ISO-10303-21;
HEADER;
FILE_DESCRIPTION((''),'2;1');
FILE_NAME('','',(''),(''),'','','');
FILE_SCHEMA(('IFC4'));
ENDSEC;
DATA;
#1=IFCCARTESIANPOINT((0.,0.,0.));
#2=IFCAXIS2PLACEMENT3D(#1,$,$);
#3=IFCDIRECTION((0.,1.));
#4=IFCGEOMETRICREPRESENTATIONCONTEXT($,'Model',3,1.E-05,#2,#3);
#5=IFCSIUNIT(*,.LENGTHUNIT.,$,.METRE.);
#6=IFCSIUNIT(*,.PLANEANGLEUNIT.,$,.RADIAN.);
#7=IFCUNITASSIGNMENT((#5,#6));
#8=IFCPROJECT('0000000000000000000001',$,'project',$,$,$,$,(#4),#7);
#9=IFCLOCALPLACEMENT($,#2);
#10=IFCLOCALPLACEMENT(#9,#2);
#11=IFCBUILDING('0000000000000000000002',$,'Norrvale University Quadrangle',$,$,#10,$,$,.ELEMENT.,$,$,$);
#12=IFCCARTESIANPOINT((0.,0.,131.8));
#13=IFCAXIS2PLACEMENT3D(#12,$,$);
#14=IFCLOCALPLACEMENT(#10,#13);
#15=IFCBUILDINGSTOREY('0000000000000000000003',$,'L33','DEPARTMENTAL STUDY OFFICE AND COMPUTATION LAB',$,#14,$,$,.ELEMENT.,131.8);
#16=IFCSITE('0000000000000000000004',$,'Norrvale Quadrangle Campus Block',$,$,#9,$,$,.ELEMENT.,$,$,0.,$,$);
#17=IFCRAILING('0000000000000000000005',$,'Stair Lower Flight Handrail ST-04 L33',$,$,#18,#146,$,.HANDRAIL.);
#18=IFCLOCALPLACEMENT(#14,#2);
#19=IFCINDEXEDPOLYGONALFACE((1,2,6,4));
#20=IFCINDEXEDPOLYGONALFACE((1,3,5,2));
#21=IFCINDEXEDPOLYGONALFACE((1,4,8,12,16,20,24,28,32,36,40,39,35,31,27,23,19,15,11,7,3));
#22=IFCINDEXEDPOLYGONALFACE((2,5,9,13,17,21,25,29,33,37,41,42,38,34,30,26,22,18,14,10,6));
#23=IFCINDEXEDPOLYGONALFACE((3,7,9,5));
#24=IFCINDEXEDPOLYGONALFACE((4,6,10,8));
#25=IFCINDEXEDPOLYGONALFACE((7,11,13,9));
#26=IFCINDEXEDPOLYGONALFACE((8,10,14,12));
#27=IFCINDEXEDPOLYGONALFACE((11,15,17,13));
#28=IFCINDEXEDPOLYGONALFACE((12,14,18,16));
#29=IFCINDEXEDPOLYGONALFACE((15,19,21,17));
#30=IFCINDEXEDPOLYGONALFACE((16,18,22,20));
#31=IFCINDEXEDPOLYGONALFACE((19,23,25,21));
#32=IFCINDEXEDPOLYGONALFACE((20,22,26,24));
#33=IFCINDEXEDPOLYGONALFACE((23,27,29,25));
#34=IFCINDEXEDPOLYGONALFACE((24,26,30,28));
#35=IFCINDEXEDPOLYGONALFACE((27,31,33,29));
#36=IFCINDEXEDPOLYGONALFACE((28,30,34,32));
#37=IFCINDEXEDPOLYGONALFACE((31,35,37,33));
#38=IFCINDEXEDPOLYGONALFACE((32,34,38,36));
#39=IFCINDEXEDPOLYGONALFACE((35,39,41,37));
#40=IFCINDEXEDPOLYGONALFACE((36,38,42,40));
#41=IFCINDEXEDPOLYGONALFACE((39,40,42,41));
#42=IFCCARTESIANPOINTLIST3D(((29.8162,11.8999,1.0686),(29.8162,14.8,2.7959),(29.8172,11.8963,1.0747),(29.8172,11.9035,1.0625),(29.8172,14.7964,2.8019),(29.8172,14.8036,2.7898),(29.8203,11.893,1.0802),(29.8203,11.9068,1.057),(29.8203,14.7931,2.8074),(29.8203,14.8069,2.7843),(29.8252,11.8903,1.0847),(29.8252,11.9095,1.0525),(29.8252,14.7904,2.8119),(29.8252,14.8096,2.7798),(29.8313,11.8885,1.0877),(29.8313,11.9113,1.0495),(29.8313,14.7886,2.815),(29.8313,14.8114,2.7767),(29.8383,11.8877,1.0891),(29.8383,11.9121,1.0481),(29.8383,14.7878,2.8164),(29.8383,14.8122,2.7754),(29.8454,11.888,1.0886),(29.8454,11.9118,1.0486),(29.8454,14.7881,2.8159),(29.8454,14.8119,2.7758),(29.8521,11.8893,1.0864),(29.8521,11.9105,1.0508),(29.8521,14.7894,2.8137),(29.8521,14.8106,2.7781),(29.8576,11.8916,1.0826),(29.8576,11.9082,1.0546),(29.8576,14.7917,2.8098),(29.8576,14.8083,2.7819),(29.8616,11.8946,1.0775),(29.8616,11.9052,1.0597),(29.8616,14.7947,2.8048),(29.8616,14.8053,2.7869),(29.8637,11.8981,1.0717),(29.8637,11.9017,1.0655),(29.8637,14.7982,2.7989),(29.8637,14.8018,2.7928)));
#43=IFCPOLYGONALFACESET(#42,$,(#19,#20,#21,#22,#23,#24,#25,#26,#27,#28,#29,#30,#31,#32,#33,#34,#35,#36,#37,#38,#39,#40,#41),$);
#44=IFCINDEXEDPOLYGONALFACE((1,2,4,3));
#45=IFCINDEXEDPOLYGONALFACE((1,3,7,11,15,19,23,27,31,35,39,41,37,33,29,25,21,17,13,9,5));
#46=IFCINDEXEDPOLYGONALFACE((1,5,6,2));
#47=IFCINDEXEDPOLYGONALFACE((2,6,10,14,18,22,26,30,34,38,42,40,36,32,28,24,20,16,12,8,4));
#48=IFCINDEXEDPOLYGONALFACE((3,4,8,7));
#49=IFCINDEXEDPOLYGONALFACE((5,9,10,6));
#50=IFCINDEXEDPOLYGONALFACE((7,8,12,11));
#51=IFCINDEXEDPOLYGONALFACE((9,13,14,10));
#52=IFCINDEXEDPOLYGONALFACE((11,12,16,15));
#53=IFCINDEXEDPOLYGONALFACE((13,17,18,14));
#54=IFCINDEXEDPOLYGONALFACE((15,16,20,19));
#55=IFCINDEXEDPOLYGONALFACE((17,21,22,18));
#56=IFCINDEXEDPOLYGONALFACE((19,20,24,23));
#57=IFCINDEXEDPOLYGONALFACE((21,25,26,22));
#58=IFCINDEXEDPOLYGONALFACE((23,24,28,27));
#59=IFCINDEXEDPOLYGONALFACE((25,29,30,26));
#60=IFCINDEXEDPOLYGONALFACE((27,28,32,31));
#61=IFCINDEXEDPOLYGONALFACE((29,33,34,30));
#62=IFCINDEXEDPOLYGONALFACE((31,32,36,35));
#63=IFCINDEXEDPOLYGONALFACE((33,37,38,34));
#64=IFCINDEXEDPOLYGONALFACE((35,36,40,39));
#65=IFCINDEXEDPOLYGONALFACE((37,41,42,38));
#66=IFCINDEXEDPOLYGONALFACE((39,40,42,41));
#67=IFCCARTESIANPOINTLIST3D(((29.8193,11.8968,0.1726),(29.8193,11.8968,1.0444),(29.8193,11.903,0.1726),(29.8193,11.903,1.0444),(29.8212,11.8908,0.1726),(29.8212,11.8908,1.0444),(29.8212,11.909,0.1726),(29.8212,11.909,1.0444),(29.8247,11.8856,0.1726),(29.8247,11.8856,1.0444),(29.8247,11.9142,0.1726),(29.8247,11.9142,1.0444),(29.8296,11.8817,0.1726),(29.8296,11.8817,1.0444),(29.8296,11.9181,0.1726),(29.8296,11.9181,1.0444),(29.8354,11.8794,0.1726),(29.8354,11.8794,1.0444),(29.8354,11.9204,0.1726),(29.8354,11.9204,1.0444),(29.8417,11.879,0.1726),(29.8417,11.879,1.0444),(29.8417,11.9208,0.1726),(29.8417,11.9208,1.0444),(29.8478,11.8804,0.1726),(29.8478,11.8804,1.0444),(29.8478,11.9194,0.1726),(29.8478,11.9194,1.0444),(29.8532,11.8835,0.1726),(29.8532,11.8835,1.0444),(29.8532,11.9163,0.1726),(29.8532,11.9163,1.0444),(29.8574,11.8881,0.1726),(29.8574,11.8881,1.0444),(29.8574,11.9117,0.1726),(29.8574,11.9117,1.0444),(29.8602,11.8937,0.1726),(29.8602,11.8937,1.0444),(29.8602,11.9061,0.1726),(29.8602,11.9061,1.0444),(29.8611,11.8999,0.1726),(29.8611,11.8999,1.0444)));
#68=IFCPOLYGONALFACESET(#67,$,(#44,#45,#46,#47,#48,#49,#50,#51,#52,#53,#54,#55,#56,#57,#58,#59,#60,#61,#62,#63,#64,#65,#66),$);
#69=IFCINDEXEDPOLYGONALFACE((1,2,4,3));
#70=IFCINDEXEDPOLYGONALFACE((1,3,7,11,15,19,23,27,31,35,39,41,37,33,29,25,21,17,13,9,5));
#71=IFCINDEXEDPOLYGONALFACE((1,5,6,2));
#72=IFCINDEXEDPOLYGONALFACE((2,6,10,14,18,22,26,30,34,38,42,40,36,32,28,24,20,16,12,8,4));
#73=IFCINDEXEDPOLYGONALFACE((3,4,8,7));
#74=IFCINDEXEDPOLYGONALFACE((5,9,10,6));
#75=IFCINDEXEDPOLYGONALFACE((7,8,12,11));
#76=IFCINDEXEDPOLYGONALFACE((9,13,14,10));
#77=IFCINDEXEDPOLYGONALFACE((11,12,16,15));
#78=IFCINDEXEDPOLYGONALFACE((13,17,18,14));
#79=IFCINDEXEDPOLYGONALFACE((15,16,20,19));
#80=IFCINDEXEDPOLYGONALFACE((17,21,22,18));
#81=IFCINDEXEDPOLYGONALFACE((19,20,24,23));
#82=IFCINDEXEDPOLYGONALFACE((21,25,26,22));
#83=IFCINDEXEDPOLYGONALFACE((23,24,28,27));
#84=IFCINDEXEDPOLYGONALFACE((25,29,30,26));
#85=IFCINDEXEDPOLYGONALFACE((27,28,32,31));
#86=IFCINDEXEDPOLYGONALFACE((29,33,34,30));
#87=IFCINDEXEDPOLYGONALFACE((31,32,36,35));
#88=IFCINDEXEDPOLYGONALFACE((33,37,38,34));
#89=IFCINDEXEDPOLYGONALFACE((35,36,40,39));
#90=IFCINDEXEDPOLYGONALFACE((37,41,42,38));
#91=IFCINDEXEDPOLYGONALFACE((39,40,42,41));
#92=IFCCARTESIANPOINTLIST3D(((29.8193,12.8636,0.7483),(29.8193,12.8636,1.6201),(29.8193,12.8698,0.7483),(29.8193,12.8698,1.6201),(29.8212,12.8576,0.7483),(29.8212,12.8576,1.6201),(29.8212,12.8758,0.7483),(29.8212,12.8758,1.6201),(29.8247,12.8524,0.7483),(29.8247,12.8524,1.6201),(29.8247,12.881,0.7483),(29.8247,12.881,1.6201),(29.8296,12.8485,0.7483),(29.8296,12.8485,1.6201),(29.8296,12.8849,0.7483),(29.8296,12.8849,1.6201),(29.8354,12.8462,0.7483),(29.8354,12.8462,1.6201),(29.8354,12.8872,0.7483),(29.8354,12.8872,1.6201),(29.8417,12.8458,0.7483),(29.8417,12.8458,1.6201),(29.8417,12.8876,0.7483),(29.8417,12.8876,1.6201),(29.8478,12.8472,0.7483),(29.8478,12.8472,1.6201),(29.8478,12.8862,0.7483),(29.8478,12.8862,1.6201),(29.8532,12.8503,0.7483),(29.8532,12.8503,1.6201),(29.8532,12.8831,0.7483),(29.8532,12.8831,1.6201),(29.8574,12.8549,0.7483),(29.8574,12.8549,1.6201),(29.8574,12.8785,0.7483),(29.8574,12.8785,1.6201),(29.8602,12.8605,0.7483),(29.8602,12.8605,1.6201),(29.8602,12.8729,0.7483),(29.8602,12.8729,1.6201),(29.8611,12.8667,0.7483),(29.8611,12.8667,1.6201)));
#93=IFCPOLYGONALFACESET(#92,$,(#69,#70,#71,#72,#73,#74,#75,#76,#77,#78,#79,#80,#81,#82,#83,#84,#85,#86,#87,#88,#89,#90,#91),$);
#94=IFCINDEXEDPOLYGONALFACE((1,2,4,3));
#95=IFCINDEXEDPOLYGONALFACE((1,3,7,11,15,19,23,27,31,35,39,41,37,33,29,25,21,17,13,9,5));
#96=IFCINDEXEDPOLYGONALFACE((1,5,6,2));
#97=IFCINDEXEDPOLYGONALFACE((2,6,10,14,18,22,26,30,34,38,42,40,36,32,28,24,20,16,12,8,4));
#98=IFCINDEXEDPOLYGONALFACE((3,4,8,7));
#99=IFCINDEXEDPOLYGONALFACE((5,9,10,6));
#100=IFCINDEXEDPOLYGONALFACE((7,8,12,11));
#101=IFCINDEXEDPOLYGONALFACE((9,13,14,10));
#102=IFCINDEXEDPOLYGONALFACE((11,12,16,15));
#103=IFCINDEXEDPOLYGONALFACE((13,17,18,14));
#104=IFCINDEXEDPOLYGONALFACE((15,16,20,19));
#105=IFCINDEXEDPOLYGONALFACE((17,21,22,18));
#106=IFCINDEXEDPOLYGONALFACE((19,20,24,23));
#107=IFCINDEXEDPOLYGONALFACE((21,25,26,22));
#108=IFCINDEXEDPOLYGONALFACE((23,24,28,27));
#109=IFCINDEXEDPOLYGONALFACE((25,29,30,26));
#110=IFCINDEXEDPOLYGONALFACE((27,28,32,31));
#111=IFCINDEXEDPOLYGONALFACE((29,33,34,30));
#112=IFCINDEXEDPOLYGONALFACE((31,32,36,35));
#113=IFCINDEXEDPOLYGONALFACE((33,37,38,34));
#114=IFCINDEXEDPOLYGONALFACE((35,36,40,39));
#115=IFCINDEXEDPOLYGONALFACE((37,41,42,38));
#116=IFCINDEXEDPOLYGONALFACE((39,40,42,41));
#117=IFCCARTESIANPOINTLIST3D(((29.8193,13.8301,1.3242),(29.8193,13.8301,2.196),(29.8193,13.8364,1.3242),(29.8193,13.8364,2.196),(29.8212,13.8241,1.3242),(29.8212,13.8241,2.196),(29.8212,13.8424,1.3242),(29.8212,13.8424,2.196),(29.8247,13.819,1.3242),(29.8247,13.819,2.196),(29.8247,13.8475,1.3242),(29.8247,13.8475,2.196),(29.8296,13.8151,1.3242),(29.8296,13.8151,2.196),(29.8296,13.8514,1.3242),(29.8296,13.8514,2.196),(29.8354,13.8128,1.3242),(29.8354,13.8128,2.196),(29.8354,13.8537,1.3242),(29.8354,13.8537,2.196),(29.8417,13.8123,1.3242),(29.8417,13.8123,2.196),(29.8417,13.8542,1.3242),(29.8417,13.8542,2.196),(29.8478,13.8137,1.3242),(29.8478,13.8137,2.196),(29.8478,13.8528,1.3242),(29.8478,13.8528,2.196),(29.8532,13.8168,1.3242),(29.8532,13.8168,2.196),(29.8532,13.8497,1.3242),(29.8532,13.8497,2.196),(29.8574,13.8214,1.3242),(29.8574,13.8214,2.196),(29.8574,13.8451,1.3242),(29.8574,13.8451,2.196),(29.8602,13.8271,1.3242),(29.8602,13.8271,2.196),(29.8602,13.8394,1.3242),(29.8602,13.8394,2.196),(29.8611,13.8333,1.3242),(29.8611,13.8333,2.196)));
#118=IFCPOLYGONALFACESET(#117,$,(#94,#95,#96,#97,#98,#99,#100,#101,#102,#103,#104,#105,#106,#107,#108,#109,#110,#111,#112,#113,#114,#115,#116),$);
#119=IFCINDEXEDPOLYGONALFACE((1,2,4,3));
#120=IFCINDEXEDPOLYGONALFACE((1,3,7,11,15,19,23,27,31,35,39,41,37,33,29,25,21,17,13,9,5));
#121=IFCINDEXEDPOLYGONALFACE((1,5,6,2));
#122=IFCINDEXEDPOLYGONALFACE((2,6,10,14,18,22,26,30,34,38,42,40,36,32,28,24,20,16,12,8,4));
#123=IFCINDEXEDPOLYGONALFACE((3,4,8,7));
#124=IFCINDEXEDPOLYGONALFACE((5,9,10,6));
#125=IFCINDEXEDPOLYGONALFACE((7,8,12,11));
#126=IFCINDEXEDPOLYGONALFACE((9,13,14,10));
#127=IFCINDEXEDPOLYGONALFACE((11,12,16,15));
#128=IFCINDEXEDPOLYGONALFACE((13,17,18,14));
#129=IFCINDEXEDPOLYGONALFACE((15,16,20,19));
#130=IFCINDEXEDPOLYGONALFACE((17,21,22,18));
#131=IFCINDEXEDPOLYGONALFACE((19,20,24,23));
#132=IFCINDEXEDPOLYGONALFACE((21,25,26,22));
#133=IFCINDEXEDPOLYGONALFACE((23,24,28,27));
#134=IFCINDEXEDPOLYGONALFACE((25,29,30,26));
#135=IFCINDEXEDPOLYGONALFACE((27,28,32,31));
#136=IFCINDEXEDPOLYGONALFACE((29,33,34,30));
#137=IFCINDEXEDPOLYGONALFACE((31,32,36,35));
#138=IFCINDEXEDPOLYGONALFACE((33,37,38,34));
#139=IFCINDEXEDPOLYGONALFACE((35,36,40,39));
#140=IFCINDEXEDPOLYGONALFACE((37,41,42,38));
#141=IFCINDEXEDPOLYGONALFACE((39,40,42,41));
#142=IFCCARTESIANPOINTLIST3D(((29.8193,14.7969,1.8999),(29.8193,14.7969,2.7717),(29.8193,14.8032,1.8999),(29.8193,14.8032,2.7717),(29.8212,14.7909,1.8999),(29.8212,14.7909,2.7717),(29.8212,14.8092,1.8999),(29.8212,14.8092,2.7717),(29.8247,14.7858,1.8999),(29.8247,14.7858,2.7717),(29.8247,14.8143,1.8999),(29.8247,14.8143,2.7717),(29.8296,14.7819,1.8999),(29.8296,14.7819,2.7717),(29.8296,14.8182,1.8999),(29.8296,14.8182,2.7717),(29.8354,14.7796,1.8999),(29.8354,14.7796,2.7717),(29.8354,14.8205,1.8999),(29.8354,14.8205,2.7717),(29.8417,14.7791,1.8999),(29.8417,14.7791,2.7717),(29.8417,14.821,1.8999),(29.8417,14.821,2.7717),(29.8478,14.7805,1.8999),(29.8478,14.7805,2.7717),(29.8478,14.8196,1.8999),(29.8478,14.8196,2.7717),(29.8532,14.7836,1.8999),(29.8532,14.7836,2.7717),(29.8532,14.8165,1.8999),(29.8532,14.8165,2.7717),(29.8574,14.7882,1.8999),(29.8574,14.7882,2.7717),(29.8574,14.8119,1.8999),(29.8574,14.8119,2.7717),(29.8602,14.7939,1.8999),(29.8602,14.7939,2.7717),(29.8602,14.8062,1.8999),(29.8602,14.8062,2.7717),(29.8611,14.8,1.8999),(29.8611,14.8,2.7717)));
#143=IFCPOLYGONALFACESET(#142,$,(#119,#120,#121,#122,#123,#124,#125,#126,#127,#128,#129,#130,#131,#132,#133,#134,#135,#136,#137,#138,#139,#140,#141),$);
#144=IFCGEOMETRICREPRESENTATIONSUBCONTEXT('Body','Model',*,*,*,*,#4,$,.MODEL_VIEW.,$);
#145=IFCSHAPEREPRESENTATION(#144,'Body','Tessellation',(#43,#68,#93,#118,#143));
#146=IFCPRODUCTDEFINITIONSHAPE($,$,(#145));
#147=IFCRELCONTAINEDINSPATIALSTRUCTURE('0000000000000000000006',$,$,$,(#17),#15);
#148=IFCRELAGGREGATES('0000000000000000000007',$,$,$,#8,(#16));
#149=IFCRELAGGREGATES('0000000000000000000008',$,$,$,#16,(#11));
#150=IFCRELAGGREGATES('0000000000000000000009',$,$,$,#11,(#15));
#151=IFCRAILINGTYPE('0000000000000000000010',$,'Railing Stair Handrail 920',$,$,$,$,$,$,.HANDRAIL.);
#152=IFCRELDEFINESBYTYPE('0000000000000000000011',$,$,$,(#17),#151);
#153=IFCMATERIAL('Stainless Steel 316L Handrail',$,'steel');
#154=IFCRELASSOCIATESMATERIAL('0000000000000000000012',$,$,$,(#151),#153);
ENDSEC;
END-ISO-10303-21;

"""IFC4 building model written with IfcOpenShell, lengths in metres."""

from ifc_helpers import new_model, si_unit, direction, frame, origin, origin_2d, place, context, subcontext, project, spatial, circle, extrude, material, type_object, element, save


model = new_model("IFC4")

# Units and contexts
model_context = context("Model", 3, precision=1e-05, world=origin(), true_north=direction((0.0, 1.0)))
body_context = subcontext(model_context, "Body", "Model", "MODEL_VIEW")
ifc_project = project(units=[si_unit("LENGTHUNIT", "METRE"), si_unit("PLANEANGLEUNIT", "RADIAN")], contexts=[model_context])

# Site, building, storey
site_placement = place(None, origin())
site = spatial("IfcSite", under=ifc_project, at=site_placement, Name="Norrvale Quadrangle Campus Block", CompositionType="ELEMENT", RefElevation=0.0)
building_placement = place(site_placement, origin())
building = spatial("IfcBuilding", under=site, at=building_placement, Name="Norrvale University Quadrangle", CompositionType="ELEMENT")
storey_placement = place(building_placement, frame((0.0, 0.0, 131.8)))
storey = spatial("IfcBuildingStorey", under=building, at=storey_placement, Name="L33", Description="DEPARTMENTAL STUDY OFFICE AND COMPUTATION LAB", CompositionType="ELEMENT", Elevation=131.8)

# Railing
ifc_material_1 = material(Name="Stainless Steel 316L Handrail", Category="steel")
railing_type_1 = type_object("IfcRailingType", Name="Railing Stair Handrail 920", PredefinedType="HANDRAIL", material=ifc_material_1)
railing_1_placement = place(storey_placement, frame((29.8401, 11.8999, 0.1726)))
element("IfcRailing", 1, at=railing_1_placement, inside=storey, type_object=railing_type_1, Name="Stair Lower Flight Handrail ST-04 L33", PredefinedType="HANDRAIL", context=body_context, shape_type="SweptSolid", body=[
    extrude(circle(Radius=0.0239, at=origin_2d()), frame((0.0, 0.0, 0.896), z_axis=(0.0, 0.85916, 0.511706), x_axis=(-1.0, 0.0, 0.0)), (0.0, 0.0, 1.0), 3.3755),
    extrude(circle(Radius=0.021, at=origin_2d()), origin(), (0.0, 0.0, 1.0), 0.8718),
    extrude(circle(Radius=0.021, at=origin_2d()), frame((0.0, 0.9668, 0.5757)), (0.0, 0.0, 1.0), 0.8718),
    extrude(circle(Radius=0.021, at=origin_2d()), frame((0.0, 1.9333, 1.1516)), (0.0, 0.0, 1.0), 0.8718),
    extrude(circle(Radius=0.021, at=origin_2d()), frame((0.0, 2.9001, 1.7273)), (0.0, 0.0, 1.0), 0.8718),
])

save(model, "model.ifc")
